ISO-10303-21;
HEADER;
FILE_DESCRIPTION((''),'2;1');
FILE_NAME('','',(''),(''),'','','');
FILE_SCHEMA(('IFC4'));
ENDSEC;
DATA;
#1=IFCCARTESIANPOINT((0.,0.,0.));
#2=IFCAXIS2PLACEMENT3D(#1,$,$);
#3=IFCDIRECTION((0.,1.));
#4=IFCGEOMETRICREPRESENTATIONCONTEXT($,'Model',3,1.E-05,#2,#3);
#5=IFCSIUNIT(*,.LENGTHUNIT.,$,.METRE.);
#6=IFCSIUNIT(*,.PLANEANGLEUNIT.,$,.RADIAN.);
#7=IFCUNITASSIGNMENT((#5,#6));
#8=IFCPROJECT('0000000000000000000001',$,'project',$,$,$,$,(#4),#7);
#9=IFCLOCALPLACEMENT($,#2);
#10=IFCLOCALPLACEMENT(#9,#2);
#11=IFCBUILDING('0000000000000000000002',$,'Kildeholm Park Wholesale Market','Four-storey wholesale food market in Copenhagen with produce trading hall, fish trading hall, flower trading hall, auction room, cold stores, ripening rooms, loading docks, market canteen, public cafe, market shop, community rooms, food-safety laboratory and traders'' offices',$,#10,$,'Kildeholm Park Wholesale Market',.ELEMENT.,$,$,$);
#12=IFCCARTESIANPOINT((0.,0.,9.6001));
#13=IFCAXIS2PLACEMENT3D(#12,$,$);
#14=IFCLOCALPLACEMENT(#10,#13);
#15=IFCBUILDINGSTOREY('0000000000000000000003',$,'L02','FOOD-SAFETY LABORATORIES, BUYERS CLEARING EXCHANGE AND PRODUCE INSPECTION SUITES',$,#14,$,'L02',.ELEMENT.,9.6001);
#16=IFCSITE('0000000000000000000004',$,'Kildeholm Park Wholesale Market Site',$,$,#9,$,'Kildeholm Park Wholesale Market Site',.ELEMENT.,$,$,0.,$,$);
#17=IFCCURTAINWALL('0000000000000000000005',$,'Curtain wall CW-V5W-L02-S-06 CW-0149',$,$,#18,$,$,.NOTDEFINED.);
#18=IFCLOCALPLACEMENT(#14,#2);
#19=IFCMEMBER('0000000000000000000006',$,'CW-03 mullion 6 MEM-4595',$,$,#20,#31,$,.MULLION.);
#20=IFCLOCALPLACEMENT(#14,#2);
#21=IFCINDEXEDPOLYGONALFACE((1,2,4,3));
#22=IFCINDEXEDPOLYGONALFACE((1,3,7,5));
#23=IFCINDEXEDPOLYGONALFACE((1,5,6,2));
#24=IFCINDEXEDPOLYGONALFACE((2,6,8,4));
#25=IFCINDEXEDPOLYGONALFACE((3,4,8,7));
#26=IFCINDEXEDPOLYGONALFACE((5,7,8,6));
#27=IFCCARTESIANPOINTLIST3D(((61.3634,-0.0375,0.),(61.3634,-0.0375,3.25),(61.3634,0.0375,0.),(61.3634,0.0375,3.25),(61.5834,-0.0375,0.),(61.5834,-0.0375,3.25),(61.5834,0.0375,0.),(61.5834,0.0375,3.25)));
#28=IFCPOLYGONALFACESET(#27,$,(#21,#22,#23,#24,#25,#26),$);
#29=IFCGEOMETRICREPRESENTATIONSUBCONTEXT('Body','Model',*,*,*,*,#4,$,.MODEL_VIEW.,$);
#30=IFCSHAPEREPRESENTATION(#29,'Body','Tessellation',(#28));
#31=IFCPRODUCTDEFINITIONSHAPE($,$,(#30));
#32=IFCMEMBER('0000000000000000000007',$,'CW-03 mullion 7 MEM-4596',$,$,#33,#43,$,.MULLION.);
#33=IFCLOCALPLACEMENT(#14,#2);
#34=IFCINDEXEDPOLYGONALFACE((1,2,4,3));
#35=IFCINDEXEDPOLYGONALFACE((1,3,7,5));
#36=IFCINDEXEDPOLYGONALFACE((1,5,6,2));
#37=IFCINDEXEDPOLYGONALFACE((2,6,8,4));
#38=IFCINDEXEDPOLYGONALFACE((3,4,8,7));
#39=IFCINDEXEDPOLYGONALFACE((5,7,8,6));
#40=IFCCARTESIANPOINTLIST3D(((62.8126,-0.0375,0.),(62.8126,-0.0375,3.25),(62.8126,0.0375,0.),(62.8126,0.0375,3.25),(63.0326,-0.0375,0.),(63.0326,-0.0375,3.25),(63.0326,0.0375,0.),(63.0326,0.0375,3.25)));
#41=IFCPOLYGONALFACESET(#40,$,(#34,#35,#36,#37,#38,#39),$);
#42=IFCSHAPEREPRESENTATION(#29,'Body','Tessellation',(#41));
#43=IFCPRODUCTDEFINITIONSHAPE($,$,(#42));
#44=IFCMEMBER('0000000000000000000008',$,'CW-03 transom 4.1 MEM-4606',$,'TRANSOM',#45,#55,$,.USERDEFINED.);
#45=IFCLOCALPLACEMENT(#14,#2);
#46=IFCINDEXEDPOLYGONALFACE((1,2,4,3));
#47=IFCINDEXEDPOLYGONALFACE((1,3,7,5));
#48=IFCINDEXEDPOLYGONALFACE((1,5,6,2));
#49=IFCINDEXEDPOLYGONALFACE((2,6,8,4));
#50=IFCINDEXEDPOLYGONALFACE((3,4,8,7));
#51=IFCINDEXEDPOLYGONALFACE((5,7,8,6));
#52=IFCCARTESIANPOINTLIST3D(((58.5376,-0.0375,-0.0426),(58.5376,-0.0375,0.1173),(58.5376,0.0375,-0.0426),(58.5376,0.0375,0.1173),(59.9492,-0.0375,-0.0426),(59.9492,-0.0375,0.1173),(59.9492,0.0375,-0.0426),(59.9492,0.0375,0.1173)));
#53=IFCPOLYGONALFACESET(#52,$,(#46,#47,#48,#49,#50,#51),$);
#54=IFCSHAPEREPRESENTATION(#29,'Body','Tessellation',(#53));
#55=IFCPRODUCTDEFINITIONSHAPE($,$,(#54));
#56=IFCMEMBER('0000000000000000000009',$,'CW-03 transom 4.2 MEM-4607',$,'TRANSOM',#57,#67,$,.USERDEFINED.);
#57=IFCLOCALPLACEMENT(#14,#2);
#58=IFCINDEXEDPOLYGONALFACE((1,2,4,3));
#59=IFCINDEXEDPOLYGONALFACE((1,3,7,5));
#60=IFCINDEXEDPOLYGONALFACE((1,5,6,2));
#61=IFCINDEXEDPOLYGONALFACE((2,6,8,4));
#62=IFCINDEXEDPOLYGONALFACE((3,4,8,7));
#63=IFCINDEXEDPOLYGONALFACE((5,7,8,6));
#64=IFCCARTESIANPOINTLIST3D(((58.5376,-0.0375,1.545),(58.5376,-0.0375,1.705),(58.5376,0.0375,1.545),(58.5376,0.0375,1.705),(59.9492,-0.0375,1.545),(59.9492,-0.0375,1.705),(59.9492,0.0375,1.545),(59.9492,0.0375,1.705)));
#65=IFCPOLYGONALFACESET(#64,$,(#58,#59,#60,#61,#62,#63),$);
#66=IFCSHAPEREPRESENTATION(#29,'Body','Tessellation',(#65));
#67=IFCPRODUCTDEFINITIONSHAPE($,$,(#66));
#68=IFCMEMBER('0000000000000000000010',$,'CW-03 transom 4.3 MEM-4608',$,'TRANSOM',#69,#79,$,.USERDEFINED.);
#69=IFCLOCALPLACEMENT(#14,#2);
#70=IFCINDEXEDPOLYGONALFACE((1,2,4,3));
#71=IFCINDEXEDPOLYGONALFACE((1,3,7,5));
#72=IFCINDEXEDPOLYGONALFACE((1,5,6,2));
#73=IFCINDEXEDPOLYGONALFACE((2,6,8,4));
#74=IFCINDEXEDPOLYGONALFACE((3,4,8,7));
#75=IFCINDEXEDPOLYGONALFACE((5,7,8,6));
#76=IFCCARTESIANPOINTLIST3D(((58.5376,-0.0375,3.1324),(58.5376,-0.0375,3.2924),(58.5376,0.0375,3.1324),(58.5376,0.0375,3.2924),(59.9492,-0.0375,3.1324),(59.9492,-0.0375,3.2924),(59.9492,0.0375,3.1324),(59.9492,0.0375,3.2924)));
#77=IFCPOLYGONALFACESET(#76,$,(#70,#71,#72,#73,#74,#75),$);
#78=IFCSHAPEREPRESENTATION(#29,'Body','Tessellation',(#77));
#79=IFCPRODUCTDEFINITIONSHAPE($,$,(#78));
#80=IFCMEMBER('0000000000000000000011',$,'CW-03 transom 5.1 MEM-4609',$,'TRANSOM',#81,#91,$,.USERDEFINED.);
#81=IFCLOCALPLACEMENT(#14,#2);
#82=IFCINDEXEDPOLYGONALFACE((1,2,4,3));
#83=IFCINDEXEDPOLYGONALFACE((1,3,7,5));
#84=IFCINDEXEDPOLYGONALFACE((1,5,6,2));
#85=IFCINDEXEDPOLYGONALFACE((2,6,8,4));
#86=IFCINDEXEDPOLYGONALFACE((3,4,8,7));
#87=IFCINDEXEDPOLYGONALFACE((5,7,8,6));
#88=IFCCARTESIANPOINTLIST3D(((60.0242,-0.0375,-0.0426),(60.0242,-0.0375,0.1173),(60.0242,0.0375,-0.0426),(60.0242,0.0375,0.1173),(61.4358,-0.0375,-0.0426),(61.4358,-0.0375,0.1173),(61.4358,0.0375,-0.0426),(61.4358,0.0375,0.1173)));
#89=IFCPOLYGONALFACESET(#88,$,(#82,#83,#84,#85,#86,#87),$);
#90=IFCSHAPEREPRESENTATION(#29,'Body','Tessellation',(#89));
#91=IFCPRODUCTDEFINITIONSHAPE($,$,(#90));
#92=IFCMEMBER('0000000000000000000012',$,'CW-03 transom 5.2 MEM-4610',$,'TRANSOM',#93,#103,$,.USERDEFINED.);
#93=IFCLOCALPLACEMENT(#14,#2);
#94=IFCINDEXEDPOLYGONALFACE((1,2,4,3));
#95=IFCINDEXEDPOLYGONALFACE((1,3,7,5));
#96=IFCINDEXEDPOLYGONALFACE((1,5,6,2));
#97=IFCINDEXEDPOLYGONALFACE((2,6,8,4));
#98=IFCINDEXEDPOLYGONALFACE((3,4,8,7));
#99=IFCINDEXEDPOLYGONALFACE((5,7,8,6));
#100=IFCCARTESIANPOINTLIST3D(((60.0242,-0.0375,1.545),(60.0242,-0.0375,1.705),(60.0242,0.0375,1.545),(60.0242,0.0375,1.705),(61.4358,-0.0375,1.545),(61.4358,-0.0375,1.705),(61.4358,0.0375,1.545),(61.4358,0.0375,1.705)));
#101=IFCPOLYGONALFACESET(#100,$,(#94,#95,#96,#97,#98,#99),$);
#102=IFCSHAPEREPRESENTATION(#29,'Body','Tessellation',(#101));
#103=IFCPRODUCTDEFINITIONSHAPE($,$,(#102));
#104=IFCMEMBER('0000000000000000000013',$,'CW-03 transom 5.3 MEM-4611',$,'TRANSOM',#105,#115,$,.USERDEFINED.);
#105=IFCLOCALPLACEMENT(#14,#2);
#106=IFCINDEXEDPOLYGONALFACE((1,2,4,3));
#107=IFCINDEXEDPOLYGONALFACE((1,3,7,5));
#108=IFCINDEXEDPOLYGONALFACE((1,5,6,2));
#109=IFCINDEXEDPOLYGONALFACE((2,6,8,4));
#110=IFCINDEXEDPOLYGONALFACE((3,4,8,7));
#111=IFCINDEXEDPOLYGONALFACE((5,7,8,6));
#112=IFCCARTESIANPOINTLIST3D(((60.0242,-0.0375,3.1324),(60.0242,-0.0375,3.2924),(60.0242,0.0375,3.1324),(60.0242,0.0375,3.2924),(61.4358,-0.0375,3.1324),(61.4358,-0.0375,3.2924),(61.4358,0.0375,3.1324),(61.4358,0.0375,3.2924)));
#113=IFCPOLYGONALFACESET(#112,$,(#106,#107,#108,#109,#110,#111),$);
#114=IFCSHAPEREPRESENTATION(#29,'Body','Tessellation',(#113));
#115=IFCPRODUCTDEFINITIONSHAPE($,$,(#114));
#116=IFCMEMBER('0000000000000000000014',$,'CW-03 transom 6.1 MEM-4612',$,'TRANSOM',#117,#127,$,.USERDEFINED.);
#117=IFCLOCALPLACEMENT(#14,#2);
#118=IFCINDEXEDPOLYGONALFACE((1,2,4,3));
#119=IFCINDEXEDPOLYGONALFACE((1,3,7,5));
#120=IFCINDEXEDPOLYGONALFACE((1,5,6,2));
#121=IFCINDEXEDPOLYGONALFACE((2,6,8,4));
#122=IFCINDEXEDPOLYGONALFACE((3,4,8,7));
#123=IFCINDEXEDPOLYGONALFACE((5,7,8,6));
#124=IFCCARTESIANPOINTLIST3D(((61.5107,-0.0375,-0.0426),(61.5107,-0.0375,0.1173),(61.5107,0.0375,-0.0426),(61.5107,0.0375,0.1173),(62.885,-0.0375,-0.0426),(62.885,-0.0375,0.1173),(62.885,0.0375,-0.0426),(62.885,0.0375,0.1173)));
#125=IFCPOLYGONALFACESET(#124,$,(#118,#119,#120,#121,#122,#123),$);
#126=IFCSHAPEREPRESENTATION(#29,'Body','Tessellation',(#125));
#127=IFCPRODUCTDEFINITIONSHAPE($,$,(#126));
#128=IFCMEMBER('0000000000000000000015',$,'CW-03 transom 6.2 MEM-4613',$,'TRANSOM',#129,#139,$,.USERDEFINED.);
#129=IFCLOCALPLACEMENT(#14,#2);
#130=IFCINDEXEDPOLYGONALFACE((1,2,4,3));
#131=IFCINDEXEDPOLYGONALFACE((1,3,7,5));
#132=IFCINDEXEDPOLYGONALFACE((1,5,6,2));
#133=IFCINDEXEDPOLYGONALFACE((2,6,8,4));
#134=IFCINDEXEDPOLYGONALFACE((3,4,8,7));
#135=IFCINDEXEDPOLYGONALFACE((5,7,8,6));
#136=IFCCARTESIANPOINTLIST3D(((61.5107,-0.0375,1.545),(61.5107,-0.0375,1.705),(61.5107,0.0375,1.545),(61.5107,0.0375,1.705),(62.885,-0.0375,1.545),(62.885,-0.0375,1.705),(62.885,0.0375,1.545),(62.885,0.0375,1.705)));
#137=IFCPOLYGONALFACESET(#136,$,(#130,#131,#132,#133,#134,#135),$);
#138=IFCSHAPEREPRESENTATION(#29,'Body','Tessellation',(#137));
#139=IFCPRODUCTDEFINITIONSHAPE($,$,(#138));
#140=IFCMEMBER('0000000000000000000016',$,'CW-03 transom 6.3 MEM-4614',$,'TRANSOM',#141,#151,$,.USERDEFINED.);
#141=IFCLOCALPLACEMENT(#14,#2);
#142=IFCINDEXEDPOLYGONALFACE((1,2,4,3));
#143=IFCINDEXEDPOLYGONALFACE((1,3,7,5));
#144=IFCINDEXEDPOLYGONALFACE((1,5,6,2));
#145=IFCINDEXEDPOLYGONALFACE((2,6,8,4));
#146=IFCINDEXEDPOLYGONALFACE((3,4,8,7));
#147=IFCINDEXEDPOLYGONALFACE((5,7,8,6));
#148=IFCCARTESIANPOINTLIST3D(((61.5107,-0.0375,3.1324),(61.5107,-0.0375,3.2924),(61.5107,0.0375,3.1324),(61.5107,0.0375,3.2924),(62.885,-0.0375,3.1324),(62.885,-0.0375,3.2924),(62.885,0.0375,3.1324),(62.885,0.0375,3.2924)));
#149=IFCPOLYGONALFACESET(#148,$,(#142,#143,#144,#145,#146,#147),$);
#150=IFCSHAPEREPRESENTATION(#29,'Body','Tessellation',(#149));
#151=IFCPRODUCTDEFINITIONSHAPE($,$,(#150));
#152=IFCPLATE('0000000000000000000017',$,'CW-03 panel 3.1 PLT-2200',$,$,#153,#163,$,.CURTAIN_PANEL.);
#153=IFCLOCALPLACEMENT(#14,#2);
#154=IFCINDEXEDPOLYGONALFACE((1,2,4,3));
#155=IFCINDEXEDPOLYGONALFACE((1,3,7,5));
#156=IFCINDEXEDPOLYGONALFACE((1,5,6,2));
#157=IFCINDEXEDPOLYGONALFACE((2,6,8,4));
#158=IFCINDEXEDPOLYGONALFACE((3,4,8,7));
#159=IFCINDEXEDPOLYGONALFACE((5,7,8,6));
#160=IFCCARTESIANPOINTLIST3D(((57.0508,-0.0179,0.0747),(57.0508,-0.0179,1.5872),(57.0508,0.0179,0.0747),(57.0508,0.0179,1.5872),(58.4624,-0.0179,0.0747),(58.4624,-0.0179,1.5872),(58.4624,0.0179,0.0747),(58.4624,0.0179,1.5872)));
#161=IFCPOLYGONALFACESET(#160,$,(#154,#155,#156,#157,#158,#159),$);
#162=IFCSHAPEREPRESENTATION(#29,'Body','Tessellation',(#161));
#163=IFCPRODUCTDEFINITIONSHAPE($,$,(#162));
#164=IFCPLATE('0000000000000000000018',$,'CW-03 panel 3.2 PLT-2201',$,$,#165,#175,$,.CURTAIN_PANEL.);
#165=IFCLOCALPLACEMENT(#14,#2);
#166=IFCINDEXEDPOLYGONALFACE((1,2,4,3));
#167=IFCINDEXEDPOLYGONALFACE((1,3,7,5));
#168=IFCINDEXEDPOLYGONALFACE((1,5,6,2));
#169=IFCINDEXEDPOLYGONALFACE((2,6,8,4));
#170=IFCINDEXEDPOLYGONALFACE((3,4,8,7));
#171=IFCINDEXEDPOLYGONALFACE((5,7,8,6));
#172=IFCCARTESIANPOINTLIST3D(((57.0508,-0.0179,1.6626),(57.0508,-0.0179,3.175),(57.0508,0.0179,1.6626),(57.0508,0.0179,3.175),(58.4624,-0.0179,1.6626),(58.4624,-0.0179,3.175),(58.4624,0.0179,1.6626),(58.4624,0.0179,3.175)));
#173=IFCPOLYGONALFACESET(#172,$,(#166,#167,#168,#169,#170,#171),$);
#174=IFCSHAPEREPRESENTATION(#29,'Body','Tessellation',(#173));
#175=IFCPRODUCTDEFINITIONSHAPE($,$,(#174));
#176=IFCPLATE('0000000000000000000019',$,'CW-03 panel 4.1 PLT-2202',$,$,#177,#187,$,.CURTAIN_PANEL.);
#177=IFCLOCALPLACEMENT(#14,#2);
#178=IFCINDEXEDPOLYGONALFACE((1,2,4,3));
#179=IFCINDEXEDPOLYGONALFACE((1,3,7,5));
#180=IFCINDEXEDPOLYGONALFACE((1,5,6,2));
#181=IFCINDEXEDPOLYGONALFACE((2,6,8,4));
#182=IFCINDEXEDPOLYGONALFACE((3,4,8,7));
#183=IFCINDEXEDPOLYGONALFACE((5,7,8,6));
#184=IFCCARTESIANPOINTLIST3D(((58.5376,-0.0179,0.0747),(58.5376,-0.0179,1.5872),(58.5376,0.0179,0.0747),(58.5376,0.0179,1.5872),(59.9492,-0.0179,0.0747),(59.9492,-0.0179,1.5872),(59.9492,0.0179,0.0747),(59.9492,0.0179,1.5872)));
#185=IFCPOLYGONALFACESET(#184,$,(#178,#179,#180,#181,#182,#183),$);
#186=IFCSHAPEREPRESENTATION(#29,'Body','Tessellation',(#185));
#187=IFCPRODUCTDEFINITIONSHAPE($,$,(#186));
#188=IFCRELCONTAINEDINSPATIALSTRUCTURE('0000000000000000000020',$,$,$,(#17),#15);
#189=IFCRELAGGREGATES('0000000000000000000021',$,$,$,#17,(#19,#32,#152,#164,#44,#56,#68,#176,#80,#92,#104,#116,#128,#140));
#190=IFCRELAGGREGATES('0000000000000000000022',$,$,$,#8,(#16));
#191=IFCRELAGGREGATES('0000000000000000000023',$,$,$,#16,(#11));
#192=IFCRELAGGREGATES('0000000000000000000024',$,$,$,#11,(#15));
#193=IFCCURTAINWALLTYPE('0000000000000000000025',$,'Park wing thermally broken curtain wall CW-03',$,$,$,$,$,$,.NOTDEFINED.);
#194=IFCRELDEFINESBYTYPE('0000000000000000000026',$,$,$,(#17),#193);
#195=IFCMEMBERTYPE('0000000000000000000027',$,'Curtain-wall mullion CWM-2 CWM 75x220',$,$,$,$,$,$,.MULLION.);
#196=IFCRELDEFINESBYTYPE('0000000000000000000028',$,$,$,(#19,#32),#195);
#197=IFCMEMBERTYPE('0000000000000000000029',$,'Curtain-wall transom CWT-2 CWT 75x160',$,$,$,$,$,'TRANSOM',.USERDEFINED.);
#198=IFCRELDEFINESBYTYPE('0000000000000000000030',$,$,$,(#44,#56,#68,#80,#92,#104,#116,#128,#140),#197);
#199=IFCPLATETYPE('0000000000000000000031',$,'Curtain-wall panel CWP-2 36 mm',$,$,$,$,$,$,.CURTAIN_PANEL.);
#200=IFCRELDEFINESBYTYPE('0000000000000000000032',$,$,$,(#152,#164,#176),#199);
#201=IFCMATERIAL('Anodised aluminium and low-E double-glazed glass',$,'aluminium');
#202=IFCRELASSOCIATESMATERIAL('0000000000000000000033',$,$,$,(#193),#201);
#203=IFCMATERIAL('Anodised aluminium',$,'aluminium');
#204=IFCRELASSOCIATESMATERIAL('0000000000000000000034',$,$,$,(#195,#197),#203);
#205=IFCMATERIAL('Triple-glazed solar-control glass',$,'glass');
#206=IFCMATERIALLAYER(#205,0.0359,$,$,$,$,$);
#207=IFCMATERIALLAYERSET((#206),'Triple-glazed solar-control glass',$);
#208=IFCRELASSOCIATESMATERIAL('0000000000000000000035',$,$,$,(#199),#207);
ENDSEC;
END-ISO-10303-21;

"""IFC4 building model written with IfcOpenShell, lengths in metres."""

from ifc_helpers import new_model, si_unit, direction, frame, origin, origin_2d, place, context, subcontext, project, spatial, rectangle, extrude, material, layer, layer_set, material_profile, profile_set, type_object, element, aggregate, save


model = new_model("IFC4")

# Units and contexts
model_context = context("Model", 3, precision=1e-05, world=origin(), true_north=direction((0.0, 1.0)))
body_context = subcontext(model_context, "Body", "Model", "MODEL_VIEW")
ifc_project = project(units=[si_unit("LENGTHUNIT", "METRE"), si_unit("PLANEANGLEUNIT", "RADIAN")], contexts=[model_context])

# Site, building, storey
site_placement = place(None, origin())
site = spatial("IfcSite", under=ifc_project, at=site_placement, Name="Kildeholm Park Wholesale Market Site", LongName="Kildeholm Park Wholesale Market Site", CompositionType="ELEMENT", RefElevation=0.0)
building_placement = place(site_placement, origin())
building = spatial("IfcBuilding", under=site, at=building_placement, Name="Kildeholm Park Wholesale Market", Description="Four-storey wholesale food market in Copenhagen with produce trading hall, fish trading hall, flower trading hall, auction room, cold stores, ripening rooms, loading docks, market canteen, public cafe, market shop, community rooms, food-safety laboratory and traders' offices", LongName="Kildeholm Park Wholesale Market", CompositionType="ELEMENT")
storey_placement = place(building_placement, frame((0.0, 0.0, 9.6001)))
storey = spatial("IfcBuildingStorey", under=building, at=storey_placement, Name="L02", Description="FOOD-SAFETY LABORATORIES, BUYERS CLEARING EXCHANGE AND PRODUCE INSPECTION SUITES", LongName="L02", CompositionType="ELEMENT", Elevation=9.6001)

# Curtain wall, members, plates
ifc_material_1 = material(Name="Anodised aluminium and low-E double-glazed glass", Category="aluminium")
curtain_wall_type = type_object("IfcCurtainWallType", Name="Park wing thermally broken curtain wall CW-03", PredefinedType="NOTDEFINED", material=ifc_material_1)
curtain_wall_placement = place(storey_placement, origin())
curtain_wall = element("IfcCurtainWall", 1, at=curtain_wall_placement, inside=storey, type_object=curtain_wall_type, Name="Curtain wall CW-V5W-L02-S-06 CW-0149", PredefinedType="NOTDEFINED")
ifc_material_2 = material(Name="Anodised aluminium", Category="aluminium")
ifc_material_profile_1 = material_profile(ifc_material_2, rectangle(XDim=0.075, YDim=0.22, at=origin_2d()), Name="CWM 75x220")
ifc_profile_set_1 = profile_set([ifc_material_profile_1], Name="Anodised aluminium")
member_type_1 = type_object("IfcMemberType", Name="Curtain-wall mullion CWM-2 CWM 75x220", PredefinedType="MULLION", material=ifc_profile_set_1)
member_1_placement = place(storey_placement, frame((61.4734, 0.0, 0.0), z_axis=(0.0, 0.0, 1.0), x_axis=(0.0, 1.0, 0.0)))
member_1 = element("IfcMember", 2, at=member_1_placement, type_object=member_type_1, Name="CW-03 mullion 6 MEM-4595", PredefinedType="MULLION", context=body_context, shape_type="SweptSolid", body=[
    extrude(rectangle(XDim=0.075, YDim=0.22, at=origin_2d()), origin(), (0.0, 0.0, 1.0), 3.25),
])
member_2_placement = place(storey_placement, frame((62.9226, 0.0, 0.0), z_axis=(0.0, 0.0, 1.0), x_axis=(0.0, 1.0, 0.0)))
member_2 = element("IfcMember", 3, at=member_2_placement, type_object=member_type_1, Name="CW-03 mullion 7 MEM-4596", PredefinedType="MULLION", context=body_context, shape_type="SweptSolid", body=[
    extrude(rectangle(XDim=0.075, YDim=0.22, at=origin_2d()), origin(), (0.0, 0.0, 1.0), 3.25),
])
ifc_material_profile_2 = material_profile(ifc_material_2, rectangle(XDim=0.075, YDim=0.1599, at=origin_2d()), Name="CWT 75x160")
ifc_profile_set_2 = profile_set([ifc_material_profile_2], Name="Anodised aluminium")
member_type_2 = type_object("IfcMemberType", Name="Curtain-wall transom CWT-2 CWT 75x160", ElementType="TRANSOM", PredefinedType="USERDEFINED", material=ifc_profile_set_2)
member_3_placement = place(storey_placement, frame((58.5376, 0.0, 0.0374), z_axis=(1.0, 0.0, 0.0), x_axis=(0.0, 1.0, 0.0)))
member_3 = element("IfcMember", 4, at=member_3_placement, type_object=member_type_2, Name="CW-03 transom 4.1 MEM-4606", ObjectType="TRANSOM", PredefinedType="USERDEFINED", context=body_context, shape_type="SweptSolid", body=[
    extrude(rectangle(XDim=0.075, YDim=0.1599, at=origin_2d()), origin(), (0.0, 0.0, 1.0), 1.4116),
])
member_4_placement = place(storey_placement, frame((58.5376, 0.0, 1.625), z_axis=(1.0, 0.0, 0.0), x_axis=(0.0, 1.0, 0.0)))
member_4 = element("IfcMember", 5, at=member_4_placement, type_object=member_type_2, Name="CW-03 transom 4.2 MEM-4607", ObjectType="TRANSOM", PredefinedType="USERDEFINED", context=body_context, shape_type="SweptSolid", body=[
    extrude(rectangle(XDim=0.075, YDim=0.1599, at=origin_2d()), origin(), (0.0, 0.0, 1.0), 1.4116),
])
member_5_placement = place(storey_placement, frame((58.5376, 0.0, 3.2124), z_axis=(1.0, 0.0, 0.0), x_axis=(0.0, 1.0, 0.0)))
member_5 = element("IfcMember", 6, at=member_5_placement, type_object=member_type_2, Name="CW-03 transom 4.3 MEM-4608", ObjectType="TRANSOM", PredefinedType="USERDEFINED", context=body_context, shape_type="SweptSolid", body=[
    extrude(rectangle(XDim=0.075, YDim=0.1599, at=origin_2d()), origin(), (0.0, 0.0, 1.0), 1.4116),
])
member_6_placement = place(storey_placement, frame((60.0242, 0.0, 0.0374), z_axis=(1.0, 0.0, 0.0), x_axis=(0.0, 1.0, 0.0)))
member_6 = element("IfcMember", 7, at=member_6_placement, type_object=member_type_2, Name="CW-03 transom 5.1 MEM-4609", ObjectType="TRANSOM", PredefinedType="USERDEFINED", context=body_context, shape_type="SweptSolid", body=[
    extrude(rectangle(XDim=0.075, YDim=0.1599, at=origin_2d()), origin(), (0.0, 0.0, 1.0), 1.4116),
])
member_7_placement = place(storey_placement, frame((60.0242, 0.0, 1.625), z_axis=(1.0, 0.0, 0.0), x_axis=(0.0, 1.0, 0.0)))
member_7 = element("IfcMember", 8, at=member_7_placement, type_object=member_type_2, Name="CW-03 transom 5.2 MEM-4610", ObjectType="TRANSOM", PredefinedType="USERDEFINED", context=body_context, shape_type="SweptSolid", body=[
    extrude(rectangle(XDim=0.075, YDim=0.1599, at=origin_2d()), origin(), (0.0, 0.0, 1.0), 1.4116),
])
member_8_placement = place(storey_placement, frame((60.0242, 0.0, 3.2124), z_axis=(1.0, 0.0, 0.0), x_axis=(0.0, 1.0, 0.0)))
member_8 = element("IfcMember", 9, at=member_8_placement, type_object=member_type_2, Name="CW-03 transom 5.3 MEM-4611", ObjectType="TRANSOM", PredefinedType="USERDEFINED", context=body_context, shape_type="SweptSolid", body=[
    extrude(rectangle(XDim=0.075, YDim=0.1599, at=origin_2d()), origin(), (0.0, 0.0, 1.0), 1.4116),
])
member_9_placement = place(storey_placement, frame((61.5107, 0.0, 0.0374), z_axis=(1.0, 0.0, 0.0), x_axis=(0.0, 1.0, 0.0)))
member_9 = element("IfcMember", 10, at=member_9_placement, type_object=member_type_2, Name="CW-03 transom 6.1 MEM-4612", ObjectType="TRANSOM", PredefinedType="USERDEFINED", context=body_context, shape_type="SweptSolid", body=[
    extrude(rectangle(XDim=0.075, YDim=0.1599, at=origin_2d()), origin(), (0.0, 0.0, 1.0), 1.3743),
])
member_10_placement = place(storey_placement, frame((61.5107, 0.0, 1.625), z_axis=(1.0, 0.0, 0.0), x_axis=(0.0, 1.0, 0.0)))
member_10 = element("IfcMember", 11, at=member_10_placement, type_object=member_type_2, Name="CW-03 transom 6.2 MEM-4613", ObjectType="TRANSOM", PredefinedType="USERDEFINED", context=body_context, shape_type="SweptSolid", body=[
    extrude(rectangle(XDim=0.075, YDim=0.1599, at=origin_2d()), origin(), (0.0, 0.0, 1.0), 1.3743),
])
member_11_placement = place(storey_placement, frame((61.5107, 0.0, 3.2124), z_axis=(1.0, 0.0, 0.0), x_axis=(0.0, 1.0, 0.0)))
member_11 = element("IfcMember", 12, at=member_11_placement, type_object=member_type_2, Name="CW-03 transom 6.3 MEM-4614", ObjectType="TRANSOM", PredefinedType="USERDEFINED", context=body_context, shape_type="SweptSolid", body=[
    extrude(rectangle(XDim=0.075, YDim=0.1599, at=origin_2d()), origin(), (0.0, 0.0, 1.0), 1.3743),
])
ifc_material_3 = material(Name="Triple-glazed solar-control glass", Category="glass")
ifc_layer_1 = layer(ifc_material_3, 0.0359)
ifc_layer_set_1 = layer_set([ifc_layer_1], Name="Triple-glazed solar-control glass")
plate_type = type_object("IfcPlateType", Name="Curtain-wall panel CWP-2 36 mm", PredefinedType="CURTAIN_PANEL", material=ifc_layer_set_1)
plate_1_placement = place(storey_placement, frame((57.7566, 0.0, 0.0747), z_axis=(0.0, 0.0, 1.0), x_axis=(1.0, 0.0, 0.0)))
plate_1 = element("IfcPlate", 13, at=plate_1_placement, type_object=plate_type, Name="CW-03 panel 3.1 PLT-2200", PredefinedType="CURTAIN_PANEL", context=body_context, shape_type="SweptSolid", body=[
    extrude(rectangle(XDim=1.4116, YDim=0.0359, at=origin_2d()), origin(), (0.0, 0.0, 1.0), 1.5125),
])
plate_2_placement = place(storey_placement, frame((57.7566, 0.0, 1.6626), z_axis=(0.0, 0.0, 1.0), x_axis=(1.0, 0.0, 0.0)))
plate_2 = element("IfcPlate", 14, at=plate_2_placement, type_object=plate_type, Name="CW-03 panel 3.2 PLT-2201", PredefinedType="CURTAIN_PANEL", context=body_context, shape_type="SweptSolid", body=[
    extrude(rectangle(XDim=1.4116, YDim=0.0359, at=origin_2d()), origin(), (0.0, 0.0, 1.0), 1.5125),
])
plate_3_placement = place(storey_placement, frame((59.2434, 0.0, 0.0747), z_axis=(0.0, 0.0, 1.0), x_axis=(1.0, 0.0, 0.0)))
plate_3 = element("IfcPlate", 15, at=plate_3_placement, type_object=plate_type, Name="CW-03 panel 4.1 PLT-2202", PredefinedType="CURTAIN_PANEL", context=body_context, shape_type="SweptSolid", body=[
    extrude(rectangle(XDim=1.4116, YDim=0.0359, at=origin_2d()), origin(), (0.0, 0.0, 1.0), 1.5125),
])
aggregate(curtain_wall, [member_1, member_2, plate_1, plate_2, member_3, member_4, member_5, plate_3, member_6, member_7, member_8, member_9, member_10, member_11])

save(model, "model.ifc")
